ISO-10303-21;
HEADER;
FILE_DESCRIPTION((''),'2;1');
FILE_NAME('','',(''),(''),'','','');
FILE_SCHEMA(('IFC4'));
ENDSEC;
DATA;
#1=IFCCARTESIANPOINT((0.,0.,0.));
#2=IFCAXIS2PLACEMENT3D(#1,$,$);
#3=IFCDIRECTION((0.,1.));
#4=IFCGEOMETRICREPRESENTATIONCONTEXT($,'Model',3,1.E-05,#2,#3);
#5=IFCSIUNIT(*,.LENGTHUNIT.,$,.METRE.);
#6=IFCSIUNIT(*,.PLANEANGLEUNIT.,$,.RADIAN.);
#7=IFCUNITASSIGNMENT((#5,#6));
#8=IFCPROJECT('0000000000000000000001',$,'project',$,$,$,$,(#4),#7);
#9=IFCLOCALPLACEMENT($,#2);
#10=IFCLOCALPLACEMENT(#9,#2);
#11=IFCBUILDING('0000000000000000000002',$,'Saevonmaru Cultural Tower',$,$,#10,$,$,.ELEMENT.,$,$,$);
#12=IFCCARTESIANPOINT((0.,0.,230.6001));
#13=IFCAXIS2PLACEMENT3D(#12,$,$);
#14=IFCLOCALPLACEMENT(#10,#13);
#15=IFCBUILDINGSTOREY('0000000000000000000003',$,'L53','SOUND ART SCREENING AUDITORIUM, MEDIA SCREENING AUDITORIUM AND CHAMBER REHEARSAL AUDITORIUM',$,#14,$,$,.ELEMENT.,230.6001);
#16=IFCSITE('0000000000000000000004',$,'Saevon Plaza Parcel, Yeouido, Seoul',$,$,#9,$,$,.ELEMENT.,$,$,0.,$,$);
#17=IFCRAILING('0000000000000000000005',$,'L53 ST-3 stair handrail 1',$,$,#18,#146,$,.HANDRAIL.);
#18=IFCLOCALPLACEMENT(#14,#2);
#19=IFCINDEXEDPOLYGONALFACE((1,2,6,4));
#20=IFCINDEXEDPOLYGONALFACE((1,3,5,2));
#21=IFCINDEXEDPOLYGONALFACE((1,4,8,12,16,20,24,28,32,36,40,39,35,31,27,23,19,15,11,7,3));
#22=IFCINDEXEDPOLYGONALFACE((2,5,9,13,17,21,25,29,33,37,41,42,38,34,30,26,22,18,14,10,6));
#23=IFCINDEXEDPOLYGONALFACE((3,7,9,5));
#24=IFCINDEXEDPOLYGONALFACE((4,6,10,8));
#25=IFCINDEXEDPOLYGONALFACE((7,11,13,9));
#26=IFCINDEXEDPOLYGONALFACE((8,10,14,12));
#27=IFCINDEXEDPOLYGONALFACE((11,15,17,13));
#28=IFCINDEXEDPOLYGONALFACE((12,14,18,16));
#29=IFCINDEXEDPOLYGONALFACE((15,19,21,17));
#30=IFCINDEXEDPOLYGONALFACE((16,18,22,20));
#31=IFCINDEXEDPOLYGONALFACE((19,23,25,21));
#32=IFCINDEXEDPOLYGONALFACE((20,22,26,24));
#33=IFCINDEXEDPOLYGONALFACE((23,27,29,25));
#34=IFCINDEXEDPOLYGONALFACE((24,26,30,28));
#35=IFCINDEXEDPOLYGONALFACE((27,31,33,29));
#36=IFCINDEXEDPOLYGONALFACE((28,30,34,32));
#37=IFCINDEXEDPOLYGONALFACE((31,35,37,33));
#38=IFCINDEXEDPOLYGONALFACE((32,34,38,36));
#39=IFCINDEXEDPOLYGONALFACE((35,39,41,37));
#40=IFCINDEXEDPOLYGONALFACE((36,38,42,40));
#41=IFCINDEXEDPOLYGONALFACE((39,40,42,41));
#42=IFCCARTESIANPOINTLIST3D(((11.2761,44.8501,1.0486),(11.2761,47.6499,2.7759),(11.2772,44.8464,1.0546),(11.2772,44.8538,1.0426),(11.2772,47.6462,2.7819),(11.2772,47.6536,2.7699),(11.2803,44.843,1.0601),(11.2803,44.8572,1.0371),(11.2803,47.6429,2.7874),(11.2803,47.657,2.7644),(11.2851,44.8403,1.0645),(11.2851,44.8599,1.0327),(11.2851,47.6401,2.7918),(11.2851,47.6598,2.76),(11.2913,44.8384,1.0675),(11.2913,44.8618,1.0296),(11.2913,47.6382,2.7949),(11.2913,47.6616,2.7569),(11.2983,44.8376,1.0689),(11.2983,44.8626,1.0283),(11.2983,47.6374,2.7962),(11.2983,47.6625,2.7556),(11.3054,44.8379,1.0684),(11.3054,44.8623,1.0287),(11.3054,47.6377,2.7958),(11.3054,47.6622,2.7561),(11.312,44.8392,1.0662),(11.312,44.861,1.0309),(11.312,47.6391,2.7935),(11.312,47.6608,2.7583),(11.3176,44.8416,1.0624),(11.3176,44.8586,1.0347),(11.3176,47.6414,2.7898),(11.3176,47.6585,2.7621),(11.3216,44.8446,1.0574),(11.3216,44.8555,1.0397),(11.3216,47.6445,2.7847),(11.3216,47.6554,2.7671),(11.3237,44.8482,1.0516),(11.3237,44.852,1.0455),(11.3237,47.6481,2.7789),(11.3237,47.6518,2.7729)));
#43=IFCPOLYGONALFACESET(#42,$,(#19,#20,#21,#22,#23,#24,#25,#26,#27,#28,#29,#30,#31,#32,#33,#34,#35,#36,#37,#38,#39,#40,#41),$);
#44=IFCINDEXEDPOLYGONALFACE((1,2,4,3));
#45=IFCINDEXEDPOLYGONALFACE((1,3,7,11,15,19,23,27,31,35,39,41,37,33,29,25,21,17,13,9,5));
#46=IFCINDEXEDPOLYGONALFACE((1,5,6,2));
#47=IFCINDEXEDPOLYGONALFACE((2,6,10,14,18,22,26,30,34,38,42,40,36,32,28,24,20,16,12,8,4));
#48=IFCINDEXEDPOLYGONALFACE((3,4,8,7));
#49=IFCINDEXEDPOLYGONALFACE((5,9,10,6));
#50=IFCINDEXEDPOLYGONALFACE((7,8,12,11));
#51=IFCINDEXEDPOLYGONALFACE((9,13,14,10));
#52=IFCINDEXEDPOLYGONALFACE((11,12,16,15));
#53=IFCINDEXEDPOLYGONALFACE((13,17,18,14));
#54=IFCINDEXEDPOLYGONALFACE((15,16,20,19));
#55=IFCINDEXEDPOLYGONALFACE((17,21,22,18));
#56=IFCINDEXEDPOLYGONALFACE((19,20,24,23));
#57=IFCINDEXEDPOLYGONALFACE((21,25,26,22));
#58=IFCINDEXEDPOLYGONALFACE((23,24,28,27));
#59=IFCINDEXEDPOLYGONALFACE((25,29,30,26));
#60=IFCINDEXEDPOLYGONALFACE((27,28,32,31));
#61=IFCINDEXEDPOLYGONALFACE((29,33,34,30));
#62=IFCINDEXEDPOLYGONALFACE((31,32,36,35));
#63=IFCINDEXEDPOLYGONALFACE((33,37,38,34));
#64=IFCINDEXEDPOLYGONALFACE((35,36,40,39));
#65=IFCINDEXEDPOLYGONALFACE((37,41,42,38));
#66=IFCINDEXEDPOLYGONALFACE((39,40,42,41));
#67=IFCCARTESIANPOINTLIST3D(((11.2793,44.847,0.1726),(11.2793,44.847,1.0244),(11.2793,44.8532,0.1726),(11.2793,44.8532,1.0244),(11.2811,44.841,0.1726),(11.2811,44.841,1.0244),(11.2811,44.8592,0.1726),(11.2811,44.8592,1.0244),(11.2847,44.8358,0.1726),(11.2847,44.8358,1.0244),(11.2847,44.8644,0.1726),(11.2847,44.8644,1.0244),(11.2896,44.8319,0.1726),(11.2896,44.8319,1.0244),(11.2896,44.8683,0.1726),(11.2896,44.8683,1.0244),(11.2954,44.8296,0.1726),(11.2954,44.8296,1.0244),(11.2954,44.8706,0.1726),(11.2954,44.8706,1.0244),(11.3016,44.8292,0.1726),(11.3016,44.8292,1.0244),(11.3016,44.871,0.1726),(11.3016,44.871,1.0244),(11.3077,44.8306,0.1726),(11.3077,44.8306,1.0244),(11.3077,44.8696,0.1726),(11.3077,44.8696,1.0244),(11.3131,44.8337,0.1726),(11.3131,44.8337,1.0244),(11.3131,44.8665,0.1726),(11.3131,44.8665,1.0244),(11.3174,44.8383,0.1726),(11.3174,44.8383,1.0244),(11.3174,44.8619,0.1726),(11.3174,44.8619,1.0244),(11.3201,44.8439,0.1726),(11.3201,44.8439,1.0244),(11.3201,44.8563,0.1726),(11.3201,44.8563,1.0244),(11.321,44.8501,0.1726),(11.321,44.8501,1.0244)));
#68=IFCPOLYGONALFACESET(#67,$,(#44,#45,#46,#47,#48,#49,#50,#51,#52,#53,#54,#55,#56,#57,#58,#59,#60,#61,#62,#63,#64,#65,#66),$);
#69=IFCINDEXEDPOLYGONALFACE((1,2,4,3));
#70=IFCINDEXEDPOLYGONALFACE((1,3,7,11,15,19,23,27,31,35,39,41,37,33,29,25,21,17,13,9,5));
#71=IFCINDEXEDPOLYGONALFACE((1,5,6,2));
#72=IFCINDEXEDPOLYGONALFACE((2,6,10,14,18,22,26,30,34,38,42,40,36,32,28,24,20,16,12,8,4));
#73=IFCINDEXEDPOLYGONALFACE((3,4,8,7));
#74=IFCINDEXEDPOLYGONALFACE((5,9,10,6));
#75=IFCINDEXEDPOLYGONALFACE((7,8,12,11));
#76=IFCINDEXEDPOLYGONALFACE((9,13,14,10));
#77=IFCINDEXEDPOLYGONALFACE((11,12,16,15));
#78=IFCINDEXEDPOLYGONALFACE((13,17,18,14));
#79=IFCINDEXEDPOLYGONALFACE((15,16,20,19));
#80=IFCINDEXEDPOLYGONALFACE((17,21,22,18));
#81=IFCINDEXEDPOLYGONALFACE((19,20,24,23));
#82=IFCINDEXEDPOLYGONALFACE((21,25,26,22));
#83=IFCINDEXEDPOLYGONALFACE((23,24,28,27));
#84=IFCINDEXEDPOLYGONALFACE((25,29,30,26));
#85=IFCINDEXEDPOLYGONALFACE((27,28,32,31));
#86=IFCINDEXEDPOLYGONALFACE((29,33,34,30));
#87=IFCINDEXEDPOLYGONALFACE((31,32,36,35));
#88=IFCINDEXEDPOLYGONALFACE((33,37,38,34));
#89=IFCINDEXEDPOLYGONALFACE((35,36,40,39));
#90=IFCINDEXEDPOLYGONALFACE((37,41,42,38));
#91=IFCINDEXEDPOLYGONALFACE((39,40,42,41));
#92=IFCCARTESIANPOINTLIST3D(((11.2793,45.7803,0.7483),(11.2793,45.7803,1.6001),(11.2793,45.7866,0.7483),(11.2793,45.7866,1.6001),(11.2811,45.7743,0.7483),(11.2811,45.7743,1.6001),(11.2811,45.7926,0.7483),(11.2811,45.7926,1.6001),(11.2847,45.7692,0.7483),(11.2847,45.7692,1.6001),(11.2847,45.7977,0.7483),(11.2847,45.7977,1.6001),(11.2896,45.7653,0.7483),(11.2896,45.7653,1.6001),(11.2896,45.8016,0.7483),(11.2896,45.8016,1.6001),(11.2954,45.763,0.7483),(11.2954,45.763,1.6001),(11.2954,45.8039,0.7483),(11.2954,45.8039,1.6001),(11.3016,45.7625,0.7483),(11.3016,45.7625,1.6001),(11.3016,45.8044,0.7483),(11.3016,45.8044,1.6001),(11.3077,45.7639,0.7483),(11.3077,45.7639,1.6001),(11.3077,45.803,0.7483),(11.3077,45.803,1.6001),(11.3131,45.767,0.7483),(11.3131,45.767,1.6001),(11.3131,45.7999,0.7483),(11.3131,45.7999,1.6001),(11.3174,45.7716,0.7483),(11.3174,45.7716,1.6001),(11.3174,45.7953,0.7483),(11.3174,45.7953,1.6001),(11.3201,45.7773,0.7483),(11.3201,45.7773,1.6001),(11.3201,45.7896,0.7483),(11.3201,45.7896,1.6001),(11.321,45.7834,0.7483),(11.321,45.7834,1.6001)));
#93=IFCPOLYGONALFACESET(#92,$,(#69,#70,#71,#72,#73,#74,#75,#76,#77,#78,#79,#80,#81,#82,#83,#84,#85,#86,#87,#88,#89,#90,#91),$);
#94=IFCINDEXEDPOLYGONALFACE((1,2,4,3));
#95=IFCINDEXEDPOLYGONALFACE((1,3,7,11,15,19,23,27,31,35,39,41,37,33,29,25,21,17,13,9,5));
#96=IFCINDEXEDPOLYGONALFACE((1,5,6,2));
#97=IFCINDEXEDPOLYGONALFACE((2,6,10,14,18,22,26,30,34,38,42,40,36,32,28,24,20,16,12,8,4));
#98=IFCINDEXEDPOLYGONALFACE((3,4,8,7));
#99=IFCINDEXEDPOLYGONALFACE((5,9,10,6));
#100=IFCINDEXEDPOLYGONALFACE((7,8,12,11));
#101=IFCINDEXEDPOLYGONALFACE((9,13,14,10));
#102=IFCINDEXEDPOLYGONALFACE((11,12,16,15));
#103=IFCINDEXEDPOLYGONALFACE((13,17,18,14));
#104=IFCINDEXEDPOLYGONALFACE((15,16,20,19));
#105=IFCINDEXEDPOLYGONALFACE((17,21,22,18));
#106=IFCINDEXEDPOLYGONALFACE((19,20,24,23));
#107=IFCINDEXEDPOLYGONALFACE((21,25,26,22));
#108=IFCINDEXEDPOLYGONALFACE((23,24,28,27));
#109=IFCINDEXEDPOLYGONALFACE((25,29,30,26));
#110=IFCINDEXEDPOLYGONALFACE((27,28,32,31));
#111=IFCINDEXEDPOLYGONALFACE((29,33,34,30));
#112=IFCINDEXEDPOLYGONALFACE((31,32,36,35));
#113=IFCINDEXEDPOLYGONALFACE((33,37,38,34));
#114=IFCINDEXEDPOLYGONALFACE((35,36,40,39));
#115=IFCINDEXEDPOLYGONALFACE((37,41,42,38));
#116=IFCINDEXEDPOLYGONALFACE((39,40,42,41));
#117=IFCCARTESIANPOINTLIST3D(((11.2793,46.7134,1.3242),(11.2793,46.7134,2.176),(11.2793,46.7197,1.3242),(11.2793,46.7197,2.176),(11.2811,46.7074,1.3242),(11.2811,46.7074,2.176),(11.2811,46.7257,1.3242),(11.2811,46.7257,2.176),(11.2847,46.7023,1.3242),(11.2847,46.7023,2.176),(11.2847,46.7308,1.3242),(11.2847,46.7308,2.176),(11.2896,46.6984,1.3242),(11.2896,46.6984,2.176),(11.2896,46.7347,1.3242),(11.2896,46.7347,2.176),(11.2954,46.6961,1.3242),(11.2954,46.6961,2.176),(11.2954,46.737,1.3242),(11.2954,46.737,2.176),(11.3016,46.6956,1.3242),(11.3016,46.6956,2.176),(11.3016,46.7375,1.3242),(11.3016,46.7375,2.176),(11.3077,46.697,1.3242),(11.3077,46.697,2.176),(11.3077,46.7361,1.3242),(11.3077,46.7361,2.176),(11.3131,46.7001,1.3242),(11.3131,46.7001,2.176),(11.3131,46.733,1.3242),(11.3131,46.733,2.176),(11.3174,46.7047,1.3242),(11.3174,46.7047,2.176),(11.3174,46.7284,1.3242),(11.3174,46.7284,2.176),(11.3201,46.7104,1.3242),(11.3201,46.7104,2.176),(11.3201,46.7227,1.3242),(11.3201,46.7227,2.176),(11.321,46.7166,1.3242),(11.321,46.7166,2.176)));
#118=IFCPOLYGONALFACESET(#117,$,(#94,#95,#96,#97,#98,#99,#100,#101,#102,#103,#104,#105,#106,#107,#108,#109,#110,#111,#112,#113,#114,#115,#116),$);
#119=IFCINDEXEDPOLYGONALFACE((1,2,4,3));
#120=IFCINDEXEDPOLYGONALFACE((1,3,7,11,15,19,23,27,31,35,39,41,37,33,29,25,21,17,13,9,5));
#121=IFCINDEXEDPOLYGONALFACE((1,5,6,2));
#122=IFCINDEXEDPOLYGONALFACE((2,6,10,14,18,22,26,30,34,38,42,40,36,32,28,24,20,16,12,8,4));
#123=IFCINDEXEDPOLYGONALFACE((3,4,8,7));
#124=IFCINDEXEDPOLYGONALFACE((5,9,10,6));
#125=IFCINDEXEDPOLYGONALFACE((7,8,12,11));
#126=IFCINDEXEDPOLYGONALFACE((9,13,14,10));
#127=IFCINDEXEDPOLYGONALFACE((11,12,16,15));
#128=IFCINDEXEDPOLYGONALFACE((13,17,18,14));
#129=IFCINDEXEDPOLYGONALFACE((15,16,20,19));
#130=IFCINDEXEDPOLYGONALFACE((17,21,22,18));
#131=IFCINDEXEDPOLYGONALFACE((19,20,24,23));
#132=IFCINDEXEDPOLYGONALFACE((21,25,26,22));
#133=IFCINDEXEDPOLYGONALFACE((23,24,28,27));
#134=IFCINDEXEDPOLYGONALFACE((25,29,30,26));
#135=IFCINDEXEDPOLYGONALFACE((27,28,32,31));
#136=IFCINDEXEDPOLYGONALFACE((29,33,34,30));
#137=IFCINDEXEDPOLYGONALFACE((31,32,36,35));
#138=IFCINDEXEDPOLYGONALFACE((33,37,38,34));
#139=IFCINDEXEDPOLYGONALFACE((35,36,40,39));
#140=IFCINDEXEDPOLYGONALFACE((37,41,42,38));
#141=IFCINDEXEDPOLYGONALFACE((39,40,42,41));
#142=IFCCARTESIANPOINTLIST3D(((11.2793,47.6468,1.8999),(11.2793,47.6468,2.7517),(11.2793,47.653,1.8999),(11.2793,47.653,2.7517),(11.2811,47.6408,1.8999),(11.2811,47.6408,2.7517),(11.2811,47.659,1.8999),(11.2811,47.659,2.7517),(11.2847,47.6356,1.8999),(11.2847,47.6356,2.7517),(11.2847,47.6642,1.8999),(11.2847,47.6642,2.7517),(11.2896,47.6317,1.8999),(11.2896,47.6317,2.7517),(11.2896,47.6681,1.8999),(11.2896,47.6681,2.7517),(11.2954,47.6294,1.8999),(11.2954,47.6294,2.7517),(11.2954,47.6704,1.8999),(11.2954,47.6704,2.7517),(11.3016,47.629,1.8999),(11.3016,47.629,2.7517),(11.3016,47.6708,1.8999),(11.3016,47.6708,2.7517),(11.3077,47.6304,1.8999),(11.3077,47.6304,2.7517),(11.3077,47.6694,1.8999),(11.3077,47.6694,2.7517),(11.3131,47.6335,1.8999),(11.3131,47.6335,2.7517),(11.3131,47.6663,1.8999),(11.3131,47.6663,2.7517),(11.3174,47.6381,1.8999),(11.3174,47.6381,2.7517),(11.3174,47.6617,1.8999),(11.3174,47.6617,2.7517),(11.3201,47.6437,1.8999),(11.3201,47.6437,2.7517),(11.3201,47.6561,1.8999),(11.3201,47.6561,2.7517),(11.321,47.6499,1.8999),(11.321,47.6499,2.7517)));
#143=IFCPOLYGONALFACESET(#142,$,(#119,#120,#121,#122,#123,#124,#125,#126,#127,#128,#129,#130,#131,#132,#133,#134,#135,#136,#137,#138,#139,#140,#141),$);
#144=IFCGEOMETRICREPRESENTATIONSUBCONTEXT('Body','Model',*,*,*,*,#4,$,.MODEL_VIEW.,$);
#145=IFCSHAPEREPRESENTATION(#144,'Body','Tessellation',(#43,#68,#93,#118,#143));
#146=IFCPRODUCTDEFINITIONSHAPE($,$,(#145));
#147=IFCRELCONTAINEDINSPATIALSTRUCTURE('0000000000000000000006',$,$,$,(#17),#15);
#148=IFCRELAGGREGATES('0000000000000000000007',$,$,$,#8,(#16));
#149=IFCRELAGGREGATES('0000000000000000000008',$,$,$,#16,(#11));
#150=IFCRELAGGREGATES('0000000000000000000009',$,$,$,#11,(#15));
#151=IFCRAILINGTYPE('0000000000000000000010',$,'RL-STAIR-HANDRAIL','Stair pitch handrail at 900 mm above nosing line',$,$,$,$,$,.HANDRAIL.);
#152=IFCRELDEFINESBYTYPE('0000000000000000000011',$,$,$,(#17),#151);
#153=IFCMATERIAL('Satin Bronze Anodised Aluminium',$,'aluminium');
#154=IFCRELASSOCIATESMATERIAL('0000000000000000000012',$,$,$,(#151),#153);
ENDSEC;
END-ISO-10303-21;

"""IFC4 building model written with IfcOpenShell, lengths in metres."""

from ifc_helpers import new_model, si_unit, direction, frame, origin, origin_2d, place, context, subcontext, project, spatial, circle, extrude, material, type_object, element, save


model = new_model("IFC4")

# Units and contexts
model_context = context("Model", 3, precision=1e-05, world=origin(), true_north=direction((0.0, 1.0)))
body_context = subcontext(model_context, "Body", "Model", "MODEL_VIEW")
ifc_project = project(units=[si_unit("LENGTHUNIT", "METRE"), si_unit("PLANEANGLEUNIT", "RADIAN")], contexts=[model_context])

# Site, building, storey
site_placement = place(None, origin())
site = spatial("IfcSite", under=ifc_project, at=site_placement, Name="Saevon Plaza Parcel, Yeouido, Seoul", CompositionType="ELEMENT", RefElevation=0.0)
building_placement = place(site_placement, origin())
building = spatial("IfcBuilding", under=site, at=building_placement, Name="Saevonmaru Cultural Tower", CompositionType="ELEMENT")
storey_placement = place(building_placement, frame((0.0, 0.0, 230.6001)))
storey = spatial("IfcBuildingStorey", under=building, at=storey_placement, Name="L53", Description="SOUND ART SCREENING AUDITORIUM, MEDIA SCREENING AUDITORIUM AND CHAMBER REHEARSAL AUDITORIUM", CompositionType="ELEMENT", Elevation=230.6001)

# Shared definitions
ifc_material_1 = material(Name="Satin Bronze Anodised Aluminium", Category="aluminium")

# Railing
railing_type_1 = type_object("IfcRailingType", Name="RL-STAIR-HANDRAIL", Description="Stair pitch handrail at 900 mm above nosing line", PredefinedType="HANDRAIL", material=ifc_material_1)
railing_1_placement = place(storey_placement, frame((11.3, 44.8501, 0.1726)))
element("IfcRailing", 1, at=railing_1_placement, inside=storey, type_object=railing_type_1, Name="L53 ST-3 stair handrail 1", PredefinedType="HANDRAIL", context=body_context, shape_type="SweptSolid", body=[
    extrude(circle(Radius=0.0239, at=origin_2d()), frame((0.0, 0.0, 0.876), z_axis=(0.0, 0.851069, 0.525054), x_axis=(-1.0, 0.0, 0.0)), (0.0, 0.0, 1.0), 3.2898),
    extrude(circle(Radius=0.021, at=origin_2d()), origin(), (0.0, 0.0, 1.0), 0.8518),
    extrude(circle(Radius=0.021, at=origin_2d()), frame((0.0, 0.9333, 0.5757)), (0.0, 0.0, 1.0), 0.8518),
    extrude(circle(Radius=0.021, at=origin_2d()), frame((0.0, 1.8665, 1.1516)), (0.0, 0.0, 1.0), 0.8518),
    extrude(circle(Radius=0.021, at=origin_2d()), frame((0.0, 2.7998, 1.7273)), (0.0, 0.0, 1.0), 0.8518),
])

save(model, "model.ifc")
